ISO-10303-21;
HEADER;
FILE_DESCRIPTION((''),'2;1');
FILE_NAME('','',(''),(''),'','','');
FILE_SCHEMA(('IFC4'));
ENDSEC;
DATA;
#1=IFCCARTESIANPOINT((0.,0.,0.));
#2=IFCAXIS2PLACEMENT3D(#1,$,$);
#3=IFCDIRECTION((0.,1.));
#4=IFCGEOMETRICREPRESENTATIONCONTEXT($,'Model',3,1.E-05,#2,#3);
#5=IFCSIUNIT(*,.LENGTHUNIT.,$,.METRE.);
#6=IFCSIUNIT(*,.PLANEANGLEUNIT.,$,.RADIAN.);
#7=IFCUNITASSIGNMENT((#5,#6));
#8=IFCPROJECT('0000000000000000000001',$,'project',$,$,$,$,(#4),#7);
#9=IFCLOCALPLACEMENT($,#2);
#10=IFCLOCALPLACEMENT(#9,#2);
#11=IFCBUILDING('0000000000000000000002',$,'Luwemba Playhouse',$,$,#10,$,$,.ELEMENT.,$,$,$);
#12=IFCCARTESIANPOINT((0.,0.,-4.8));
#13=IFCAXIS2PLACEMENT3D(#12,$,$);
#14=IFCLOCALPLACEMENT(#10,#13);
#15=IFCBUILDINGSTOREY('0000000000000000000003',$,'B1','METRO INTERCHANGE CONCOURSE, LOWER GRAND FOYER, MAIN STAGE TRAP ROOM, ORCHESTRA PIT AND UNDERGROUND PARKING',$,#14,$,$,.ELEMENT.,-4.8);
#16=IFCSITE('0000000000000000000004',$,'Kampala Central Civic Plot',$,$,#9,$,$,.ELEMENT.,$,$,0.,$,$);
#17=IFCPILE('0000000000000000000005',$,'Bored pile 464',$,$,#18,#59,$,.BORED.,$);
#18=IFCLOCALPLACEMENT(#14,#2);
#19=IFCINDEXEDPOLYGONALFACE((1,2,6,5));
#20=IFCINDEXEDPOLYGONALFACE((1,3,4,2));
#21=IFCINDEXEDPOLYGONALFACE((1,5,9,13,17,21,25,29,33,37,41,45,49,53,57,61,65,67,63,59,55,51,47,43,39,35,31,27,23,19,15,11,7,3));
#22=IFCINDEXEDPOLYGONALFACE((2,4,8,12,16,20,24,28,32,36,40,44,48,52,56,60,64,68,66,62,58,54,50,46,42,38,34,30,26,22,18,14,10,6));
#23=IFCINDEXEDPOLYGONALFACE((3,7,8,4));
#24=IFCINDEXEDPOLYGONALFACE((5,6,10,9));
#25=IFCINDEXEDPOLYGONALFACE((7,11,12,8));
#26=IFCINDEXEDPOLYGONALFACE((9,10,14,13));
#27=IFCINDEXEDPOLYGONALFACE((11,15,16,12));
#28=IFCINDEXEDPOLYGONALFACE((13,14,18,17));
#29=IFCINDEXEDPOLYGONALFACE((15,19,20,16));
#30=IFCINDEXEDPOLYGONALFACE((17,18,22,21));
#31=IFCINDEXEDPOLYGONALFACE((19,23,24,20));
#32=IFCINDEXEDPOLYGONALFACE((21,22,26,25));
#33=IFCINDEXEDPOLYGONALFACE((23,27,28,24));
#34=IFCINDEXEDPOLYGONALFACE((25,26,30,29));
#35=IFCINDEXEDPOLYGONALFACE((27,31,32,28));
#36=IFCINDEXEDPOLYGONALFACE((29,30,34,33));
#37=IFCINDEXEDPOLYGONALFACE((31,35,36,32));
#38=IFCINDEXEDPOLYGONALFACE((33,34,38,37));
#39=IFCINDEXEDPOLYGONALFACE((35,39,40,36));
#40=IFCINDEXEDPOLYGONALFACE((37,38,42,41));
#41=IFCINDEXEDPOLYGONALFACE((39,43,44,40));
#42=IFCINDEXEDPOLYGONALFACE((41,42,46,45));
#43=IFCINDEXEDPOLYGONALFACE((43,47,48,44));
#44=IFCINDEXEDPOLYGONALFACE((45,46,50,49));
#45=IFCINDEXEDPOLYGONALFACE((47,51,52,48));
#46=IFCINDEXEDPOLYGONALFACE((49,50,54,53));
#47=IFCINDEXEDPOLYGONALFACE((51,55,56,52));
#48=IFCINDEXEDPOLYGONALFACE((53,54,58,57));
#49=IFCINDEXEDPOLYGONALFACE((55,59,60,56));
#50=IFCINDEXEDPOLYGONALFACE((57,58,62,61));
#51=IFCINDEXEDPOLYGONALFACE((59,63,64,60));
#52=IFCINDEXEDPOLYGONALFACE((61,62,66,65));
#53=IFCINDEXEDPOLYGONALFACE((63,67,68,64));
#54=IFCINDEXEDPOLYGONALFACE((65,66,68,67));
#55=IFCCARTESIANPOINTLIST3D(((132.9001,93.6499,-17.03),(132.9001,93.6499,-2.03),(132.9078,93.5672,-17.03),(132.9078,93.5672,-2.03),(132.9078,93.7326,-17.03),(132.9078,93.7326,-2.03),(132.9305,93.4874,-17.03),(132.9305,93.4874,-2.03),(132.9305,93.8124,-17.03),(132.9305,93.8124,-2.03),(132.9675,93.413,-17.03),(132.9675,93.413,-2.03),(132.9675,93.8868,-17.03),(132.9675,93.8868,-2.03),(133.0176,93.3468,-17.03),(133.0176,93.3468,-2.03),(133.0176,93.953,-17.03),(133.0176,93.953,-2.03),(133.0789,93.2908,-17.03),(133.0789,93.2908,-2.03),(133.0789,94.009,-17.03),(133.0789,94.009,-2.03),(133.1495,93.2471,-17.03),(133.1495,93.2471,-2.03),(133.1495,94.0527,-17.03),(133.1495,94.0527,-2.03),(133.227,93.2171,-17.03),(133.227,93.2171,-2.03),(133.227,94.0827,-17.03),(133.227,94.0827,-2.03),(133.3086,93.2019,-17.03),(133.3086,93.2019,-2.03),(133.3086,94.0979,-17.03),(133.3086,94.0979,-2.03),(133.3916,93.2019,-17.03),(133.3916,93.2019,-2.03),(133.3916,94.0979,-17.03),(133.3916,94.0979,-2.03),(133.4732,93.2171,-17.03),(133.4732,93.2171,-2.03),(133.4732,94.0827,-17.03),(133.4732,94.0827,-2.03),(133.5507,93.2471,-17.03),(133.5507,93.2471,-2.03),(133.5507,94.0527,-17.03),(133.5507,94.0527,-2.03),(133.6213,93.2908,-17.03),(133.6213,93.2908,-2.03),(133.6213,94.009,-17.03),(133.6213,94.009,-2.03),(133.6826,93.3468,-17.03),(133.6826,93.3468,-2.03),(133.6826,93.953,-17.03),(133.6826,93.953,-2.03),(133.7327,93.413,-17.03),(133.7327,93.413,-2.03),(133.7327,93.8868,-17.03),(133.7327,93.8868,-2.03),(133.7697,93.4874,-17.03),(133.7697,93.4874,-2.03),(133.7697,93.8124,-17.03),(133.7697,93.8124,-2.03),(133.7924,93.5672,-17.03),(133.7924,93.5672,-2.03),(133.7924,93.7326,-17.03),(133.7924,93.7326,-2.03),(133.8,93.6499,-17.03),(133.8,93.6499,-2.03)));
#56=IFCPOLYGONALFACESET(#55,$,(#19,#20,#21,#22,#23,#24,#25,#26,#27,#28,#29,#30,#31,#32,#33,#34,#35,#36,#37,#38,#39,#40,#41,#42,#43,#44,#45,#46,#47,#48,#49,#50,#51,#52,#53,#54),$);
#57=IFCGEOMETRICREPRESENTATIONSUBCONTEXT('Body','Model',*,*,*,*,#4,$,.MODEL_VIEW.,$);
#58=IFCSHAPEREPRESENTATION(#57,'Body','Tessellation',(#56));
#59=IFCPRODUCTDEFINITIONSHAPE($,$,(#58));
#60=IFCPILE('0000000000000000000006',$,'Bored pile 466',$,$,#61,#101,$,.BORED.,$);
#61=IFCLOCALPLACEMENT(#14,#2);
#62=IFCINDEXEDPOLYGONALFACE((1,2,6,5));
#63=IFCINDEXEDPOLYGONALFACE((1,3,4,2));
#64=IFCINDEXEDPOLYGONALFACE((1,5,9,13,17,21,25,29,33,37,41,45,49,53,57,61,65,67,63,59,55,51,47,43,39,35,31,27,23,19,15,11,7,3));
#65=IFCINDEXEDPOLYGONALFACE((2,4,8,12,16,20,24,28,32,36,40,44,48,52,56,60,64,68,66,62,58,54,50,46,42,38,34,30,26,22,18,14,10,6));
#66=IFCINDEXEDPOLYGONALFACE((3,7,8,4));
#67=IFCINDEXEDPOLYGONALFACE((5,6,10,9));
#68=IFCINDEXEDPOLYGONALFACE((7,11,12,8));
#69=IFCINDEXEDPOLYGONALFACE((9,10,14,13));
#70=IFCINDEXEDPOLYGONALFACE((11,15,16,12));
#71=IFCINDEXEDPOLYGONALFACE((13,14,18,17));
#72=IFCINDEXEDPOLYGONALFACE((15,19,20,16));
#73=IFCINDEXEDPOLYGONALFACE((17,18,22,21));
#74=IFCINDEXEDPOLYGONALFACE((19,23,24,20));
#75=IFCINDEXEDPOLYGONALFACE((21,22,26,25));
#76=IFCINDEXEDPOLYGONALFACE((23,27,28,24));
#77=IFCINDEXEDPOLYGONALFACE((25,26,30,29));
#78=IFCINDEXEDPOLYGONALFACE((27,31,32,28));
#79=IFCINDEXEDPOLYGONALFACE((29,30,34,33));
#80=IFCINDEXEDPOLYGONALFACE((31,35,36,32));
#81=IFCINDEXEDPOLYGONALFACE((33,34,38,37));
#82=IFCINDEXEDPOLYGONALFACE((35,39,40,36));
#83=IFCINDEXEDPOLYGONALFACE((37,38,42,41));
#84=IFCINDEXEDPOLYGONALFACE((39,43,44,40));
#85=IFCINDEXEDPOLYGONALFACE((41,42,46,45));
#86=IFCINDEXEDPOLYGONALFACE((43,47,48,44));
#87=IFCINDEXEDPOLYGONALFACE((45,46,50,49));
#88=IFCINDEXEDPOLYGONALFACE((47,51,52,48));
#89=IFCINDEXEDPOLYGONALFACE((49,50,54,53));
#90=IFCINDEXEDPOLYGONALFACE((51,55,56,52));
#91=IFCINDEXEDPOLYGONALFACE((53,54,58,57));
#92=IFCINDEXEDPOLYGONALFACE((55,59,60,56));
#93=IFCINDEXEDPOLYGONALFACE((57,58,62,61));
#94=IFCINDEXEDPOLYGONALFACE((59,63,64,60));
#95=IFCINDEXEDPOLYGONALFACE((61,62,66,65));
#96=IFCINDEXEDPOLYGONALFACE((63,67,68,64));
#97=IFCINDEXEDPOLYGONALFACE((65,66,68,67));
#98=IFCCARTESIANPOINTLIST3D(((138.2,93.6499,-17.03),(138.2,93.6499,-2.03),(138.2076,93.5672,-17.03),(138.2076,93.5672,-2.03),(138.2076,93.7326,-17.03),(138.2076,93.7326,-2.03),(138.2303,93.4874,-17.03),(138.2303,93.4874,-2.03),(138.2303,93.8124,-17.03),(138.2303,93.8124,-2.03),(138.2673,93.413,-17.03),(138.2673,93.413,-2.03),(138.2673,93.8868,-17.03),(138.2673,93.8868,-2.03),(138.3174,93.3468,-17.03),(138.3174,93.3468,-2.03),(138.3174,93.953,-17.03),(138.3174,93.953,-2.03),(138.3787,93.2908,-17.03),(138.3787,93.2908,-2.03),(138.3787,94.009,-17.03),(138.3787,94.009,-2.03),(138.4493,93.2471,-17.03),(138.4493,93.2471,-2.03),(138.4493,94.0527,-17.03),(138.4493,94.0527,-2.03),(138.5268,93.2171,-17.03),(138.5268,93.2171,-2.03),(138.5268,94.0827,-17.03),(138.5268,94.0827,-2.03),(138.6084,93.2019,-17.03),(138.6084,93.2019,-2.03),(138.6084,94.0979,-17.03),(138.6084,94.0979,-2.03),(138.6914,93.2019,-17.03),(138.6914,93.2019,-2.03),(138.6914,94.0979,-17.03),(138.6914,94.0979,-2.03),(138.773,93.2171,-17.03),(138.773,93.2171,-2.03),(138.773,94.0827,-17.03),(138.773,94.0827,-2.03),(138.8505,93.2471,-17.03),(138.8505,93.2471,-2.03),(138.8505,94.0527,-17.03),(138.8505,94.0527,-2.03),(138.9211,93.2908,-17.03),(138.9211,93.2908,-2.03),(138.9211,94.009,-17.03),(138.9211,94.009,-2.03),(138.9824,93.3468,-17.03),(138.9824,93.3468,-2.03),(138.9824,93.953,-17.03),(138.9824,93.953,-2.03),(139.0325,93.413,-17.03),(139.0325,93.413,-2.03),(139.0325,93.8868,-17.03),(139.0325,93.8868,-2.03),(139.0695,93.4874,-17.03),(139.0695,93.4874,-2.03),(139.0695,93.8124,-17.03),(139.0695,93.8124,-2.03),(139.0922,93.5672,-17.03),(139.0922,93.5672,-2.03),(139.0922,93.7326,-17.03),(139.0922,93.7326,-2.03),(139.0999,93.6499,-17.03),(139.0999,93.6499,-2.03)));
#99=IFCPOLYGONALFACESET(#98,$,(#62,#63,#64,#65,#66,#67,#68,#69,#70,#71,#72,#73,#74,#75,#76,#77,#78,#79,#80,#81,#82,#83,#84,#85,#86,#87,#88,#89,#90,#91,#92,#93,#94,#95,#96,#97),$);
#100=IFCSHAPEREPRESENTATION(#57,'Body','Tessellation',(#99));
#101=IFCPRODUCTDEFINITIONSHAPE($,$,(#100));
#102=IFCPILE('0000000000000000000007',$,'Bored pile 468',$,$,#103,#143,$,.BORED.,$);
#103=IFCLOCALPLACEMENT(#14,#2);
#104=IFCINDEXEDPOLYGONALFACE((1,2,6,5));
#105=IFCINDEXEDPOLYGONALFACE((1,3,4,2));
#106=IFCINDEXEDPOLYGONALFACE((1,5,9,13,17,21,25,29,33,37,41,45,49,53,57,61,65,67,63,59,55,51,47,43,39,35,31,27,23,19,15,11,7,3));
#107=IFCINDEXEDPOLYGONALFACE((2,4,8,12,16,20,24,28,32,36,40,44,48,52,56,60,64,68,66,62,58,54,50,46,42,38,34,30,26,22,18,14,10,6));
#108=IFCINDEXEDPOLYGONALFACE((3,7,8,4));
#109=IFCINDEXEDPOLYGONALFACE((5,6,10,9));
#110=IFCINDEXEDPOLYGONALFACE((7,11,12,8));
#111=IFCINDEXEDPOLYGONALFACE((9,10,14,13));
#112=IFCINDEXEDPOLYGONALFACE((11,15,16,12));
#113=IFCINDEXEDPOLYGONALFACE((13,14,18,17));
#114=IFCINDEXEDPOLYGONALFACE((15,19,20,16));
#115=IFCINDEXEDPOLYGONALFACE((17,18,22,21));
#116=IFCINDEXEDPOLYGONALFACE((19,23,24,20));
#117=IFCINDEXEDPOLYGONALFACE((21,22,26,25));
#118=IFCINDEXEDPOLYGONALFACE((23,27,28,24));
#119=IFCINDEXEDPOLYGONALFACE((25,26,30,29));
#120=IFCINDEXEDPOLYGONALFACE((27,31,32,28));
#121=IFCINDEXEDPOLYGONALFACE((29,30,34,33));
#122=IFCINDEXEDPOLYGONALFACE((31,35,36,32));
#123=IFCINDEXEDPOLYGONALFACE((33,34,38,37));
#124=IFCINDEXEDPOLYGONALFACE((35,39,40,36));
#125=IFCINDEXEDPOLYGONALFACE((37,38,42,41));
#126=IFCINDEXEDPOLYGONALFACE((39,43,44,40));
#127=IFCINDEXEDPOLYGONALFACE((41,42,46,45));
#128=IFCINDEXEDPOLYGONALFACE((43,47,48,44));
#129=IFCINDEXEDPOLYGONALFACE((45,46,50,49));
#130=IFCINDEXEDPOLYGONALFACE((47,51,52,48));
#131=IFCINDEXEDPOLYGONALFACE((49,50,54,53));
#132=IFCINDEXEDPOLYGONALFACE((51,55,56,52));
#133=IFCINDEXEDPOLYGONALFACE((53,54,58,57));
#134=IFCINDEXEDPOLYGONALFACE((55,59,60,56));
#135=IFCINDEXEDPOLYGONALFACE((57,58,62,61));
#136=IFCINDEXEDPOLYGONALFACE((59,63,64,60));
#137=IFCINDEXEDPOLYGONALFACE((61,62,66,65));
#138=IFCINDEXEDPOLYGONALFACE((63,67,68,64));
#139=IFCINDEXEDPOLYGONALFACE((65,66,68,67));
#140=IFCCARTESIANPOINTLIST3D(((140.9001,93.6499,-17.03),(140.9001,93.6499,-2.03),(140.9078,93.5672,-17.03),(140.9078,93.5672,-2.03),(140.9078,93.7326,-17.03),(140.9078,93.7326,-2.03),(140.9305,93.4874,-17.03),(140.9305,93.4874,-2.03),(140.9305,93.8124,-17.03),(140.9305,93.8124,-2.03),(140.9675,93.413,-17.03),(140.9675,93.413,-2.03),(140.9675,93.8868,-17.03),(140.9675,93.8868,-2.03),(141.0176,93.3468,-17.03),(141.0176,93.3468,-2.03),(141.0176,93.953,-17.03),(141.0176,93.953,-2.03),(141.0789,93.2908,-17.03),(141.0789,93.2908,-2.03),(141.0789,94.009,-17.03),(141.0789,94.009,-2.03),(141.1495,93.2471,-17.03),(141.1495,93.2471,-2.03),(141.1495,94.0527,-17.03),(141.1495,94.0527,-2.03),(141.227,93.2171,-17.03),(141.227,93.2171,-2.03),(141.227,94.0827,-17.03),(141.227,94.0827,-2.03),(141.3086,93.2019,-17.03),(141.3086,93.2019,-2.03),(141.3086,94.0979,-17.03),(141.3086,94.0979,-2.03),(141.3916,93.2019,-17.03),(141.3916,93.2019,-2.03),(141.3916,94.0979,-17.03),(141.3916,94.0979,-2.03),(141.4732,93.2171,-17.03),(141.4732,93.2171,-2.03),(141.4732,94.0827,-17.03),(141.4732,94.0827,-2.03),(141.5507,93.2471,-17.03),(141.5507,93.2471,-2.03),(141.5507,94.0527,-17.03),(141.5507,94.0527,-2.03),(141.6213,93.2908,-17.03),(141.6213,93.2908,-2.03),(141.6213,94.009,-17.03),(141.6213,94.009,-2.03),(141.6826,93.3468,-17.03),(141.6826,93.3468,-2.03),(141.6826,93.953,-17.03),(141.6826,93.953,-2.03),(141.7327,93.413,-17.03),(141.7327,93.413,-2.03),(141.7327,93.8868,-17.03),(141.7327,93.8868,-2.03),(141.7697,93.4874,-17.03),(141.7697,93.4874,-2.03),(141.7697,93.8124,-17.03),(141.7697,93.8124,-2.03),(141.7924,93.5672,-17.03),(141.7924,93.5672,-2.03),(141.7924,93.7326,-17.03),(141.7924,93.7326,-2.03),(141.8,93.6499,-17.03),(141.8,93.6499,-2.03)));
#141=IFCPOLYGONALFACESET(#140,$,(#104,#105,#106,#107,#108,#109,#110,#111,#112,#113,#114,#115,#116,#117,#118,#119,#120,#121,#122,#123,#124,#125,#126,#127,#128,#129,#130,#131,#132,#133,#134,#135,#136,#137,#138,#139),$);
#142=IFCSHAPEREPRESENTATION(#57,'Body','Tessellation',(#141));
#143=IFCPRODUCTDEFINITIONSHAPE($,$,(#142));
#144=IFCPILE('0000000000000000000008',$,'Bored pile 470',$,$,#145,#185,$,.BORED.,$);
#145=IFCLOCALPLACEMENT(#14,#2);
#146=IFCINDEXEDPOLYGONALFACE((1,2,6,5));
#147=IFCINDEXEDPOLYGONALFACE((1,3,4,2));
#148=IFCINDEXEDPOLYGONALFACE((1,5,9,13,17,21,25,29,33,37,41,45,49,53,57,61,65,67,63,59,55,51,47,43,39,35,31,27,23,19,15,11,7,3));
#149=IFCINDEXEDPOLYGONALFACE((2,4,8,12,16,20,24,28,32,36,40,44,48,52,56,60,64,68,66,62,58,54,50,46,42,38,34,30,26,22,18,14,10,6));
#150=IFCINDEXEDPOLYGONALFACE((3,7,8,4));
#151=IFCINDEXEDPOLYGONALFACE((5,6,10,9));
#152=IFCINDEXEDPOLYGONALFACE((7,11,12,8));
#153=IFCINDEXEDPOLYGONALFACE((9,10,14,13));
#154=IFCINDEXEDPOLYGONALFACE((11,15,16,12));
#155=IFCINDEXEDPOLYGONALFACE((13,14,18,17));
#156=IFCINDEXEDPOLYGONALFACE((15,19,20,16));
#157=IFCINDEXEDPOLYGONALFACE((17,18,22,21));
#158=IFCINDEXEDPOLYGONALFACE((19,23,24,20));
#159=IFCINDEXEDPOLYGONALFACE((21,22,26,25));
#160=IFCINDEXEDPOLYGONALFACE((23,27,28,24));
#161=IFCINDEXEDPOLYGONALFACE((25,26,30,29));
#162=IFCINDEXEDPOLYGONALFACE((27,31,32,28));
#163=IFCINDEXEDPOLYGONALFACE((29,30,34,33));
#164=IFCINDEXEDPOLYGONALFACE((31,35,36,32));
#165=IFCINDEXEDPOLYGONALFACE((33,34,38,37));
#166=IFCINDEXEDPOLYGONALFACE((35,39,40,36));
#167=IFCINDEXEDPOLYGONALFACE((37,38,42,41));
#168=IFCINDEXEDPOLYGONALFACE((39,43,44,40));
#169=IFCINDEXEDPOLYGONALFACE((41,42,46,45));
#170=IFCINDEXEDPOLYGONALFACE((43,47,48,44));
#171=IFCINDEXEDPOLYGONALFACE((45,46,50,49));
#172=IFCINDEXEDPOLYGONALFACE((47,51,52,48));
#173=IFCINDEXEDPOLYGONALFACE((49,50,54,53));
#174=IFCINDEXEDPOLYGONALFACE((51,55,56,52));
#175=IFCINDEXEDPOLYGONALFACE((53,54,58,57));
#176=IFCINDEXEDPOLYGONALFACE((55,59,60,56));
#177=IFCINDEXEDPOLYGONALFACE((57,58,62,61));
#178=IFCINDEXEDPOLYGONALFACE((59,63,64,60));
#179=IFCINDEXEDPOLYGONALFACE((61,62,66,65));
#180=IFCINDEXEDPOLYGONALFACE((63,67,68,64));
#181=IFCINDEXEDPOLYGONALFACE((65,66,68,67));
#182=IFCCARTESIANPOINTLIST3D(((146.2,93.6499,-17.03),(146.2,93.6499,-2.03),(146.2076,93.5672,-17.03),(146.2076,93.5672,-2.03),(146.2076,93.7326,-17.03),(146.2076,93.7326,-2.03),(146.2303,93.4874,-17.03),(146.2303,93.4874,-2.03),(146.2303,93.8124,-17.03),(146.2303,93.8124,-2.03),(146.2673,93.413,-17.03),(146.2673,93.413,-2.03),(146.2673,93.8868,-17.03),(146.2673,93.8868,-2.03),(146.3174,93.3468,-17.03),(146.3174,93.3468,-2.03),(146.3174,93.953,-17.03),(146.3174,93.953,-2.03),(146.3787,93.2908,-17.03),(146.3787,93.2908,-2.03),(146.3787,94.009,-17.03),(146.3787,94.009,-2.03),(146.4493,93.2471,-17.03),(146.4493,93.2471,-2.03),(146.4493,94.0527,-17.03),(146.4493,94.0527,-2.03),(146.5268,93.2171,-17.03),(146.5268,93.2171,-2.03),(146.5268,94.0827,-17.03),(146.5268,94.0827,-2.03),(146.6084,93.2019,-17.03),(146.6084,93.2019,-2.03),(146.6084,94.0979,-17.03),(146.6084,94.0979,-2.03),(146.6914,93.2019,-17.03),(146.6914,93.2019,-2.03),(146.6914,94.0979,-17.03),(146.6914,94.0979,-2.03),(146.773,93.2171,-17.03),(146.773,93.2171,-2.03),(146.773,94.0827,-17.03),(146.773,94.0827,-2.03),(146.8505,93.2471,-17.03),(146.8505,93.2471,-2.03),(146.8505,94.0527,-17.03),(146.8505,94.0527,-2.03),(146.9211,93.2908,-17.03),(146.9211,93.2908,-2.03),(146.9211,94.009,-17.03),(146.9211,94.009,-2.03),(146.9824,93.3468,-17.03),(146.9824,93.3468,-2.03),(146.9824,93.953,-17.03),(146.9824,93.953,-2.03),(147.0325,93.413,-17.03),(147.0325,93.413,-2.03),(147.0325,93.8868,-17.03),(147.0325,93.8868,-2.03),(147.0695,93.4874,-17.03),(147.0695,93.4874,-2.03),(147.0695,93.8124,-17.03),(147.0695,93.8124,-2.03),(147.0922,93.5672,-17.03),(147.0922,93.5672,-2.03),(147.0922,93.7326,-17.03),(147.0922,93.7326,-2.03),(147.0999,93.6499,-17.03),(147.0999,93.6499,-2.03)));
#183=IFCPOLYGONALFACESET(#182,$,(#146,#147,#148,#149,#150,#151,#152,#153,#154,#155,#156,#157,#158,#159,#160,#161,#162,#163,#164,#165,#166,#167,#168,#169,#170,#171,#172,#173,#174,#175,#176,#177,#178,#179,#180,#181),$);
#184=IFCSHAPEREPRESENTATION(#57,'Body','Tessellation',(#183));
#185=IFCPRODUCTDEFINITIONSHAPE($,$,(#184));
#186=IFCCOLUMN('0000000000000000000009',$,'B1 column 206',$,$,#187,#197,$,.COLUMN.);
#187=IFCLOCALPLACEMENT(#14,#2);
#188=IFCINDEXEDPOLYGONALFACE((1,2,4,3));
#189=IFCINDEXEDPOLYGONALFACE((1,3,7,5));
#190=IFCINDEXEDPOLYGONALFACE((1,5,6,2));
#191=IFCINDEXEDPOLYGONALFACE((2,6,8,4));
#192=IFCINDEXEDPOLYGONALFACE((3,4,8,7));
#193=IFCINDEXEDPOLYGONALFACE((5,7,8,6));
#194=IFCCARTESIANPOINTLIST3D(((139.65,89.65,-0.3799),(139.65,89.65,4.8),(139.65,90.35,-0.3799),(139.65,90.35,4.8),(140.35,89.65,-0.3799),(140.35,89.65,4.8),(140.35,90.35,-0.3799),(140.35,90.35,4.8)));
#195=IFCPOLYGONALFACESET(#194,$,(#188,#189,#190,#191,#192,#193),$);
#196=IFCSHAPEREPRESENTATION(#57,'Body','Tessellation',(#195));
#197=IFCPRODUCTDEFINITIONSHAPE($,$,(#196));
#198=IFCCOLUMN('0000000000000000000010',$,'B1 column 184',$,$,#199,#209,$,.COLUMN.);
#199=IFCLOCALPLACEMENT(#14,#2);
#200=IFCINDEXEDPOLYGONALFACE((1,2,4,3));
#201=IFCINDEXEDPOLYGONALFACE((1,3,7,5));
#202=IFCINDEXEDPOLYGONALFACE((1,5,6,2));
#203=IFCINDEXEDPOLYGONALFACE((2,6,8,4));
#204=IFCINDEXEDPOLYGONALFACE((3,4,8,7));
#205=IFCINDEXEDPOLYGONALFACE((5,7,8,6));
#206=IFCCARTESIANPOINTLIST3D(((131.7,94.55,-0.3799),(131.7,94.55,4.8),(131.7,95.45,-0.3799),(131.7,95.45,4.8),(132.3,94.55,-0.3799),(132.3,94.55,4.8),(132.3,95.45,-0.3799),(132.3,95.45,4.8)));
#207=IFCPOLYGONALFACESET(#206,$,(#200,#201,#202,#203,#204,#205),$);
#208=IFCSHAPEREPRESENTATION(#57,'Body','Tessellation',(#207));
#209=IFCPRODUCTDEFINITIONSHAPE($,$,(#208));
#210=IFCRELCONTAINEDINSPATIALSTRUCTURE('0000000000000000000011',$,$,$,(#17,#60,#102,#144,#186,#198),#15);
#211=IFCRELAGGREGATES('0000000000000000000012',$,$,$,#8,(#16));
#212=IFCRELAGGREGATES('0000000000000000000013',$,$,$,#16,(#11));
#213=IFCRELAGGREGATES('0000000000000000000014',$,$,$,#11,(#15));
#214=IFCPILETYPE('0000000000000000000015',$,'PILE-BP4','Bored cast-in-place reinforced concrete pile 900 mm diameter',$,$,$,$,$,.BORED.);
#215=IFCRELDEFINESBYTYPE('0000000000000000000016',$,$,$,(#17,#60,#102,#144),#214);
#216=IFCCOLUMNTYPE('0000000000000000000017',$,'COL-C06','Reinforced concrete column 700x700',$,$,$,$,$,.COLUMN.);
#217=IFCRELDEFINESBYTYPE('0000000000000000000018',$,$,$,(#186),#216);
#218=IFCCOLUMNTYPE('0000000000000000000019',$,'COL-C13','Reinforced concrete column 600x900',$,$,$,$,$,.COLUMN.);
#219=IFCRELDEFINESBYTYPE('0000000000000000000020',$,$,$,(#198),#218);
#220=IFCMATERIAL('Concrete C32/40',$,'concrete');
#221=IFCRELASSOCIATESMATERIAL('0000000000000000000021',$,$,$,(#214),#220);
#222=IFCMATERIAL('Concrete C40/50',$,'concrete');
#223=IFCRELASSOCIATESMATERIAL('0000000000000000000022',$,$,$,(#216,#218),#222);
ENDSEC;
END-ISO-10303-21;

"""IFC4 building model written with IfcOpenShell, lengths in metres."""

from ifc_helpers import new_model, si_unit, direction, frame, origin, origin_2d, place, context, subcontext, project, spatial, rectangle, circle, extrude, material, material_profile, profile_set, type_object, element, save


model = new_model("IFC4")

# Units and contexts
model_context = context("Model", 3, precision=1e-05, world=origin(), true_north=direction((0.0, 1.0)))
body_context = subcontext(model_context, "Body", "Model", "MODEL_VIEW")
ifc_project = project(units=[si_unit("LENGTHUNIT", "METRE"), si_unit("PLANEANGLEUNIT", "RADIAN")], contexts=[model_context])

# Site, building, storey
site_placement = place(None, origin())
site = spatial("IfcSite", under=ifc_project, at=site_placement, Name="Kampala Central Civic Plot", CompositionType="ELEMENT", RefElevation=0.0)
building_placement = place(site_placement, origin())
building = spatial("IfcBuilding", under=site, at=building_placement, Name="Luwemba Playhouse", CompositionType="ELEMENT")
storey_placement = place(building_placement, frame((0.0, 0.0, -4.8)))
storey = spatial("IfcBuildingStorey", under=building, at=storey_placement, Name="B1", Description="METRO INTERCHANGE CONCOURSE, LOWER GRAND FOYER, MAIN STAGE TRAP ROOM, ORCHESTRA PIT AND UNDERGROUND PARKING", CompositionType="ELEMENT", Elevation=-4.8)

# Shared definitions
ifc_material_1 = material(Name="Concrete C32/40", Category="concrete")

# Piles
ifc_material_profile_1 = material_profile(ifc_material_1, circle(Radius=0.45, at=origin_2d()))
ifc_profile_set_1 = profile_set([ifc_material_profile_1], Name="Concrete C32/40")
pile_type_1 = type_object("IfcPileType", Name="PILE-BP4", Description="Bored cast-in-place reinforced concrete pile 900 mm diameter", PredefinedType="BORED", material=ifc_profile_set_1)
for number, where, z_axis, x_axis, name in (
    (1, (133.3501, 93.6499, -2.03), (0.0, 0.0, -1.0), (1.0, 0.0, 0.0), "Bored pile 464"),
    (2, (138.6499, 93.6499, -2.03), (0.0, 0.0, -1.0), (1.0, 0.0, 0.0), "Bored pile 466"),
    (3, (141.3501, 93.6499, -2.03), (0.0, 0.0, -1.0), (1.0, 0.0, 0.0), "Bored pile 468"),
    (4, (146.6499, 93.6499, -2.03), (0.0, 0.0, -1.0), (1.0, 0.0, 0.0), "Bored pile 470"),
):
    element("IfcPile", number, at=place(storey_placement, frame(where, z_axis=z_axis, x_axis=x_axis)), inside=storey, type_object=pile_type_1, Name=name, PredefinedType="BORED", context=body_context, shape_type="SweptSolid", body=[
        extrude(circle(Radius=0.45, at=origin_2d()), origin(), (0.0, 0.0, 1.0), 15.0),
    ])

# Columns
ifc_material_2 = material(Name="Concrete C40/50", Category="concrete")
ifc_material_profile_2 = material_profile(ifc_material_2, rectangle(XDim=0.7, YDim=0.7, at=origin_2d()))
ifc_profile_set_2 = profile_set([ifc_material_profile_2], Name="Concrete C40/50")
column_type_1 = type_object("IfcColumnType", Name="COL-C06", Description="Reinforced concrete column 700x700", PredefinedType="COLUMN", material=ifc_profile_set_2)
column_1_placement = place(storey_placement, frame((140.0, 90.0, -0.3799), z_axis=(0.0, 0.0, 1.0), x_axis=(1.0, 0.0, 0.0)))
element("IfcColumn", 5, at=column_1_placement, inside=storey, type_object=column_type_1, Name="B1 column 206", PredefinedType="COLUMN", context=body_context, shape_type="SweptSolid", body=[
    extrude(rectangle(XDim=0.7, YDim=0.7, at=origin_2d()), origin(), (0.0, 0.0, 1.0), 5.1799),
])
ifc_material_profile_3 = material_profile(ifc_material_2, rectangle(XDim=0.6001, YDim=0.8999, at=origin_2d()))
ifc_profile_set_3 = profile_set([ifc_material_profile_3], Name="Concrete C40/50")
column_type_2 = type_object("IfcColumnType", Name="COL-C13", Description="Reinforced concrete column 600x900", PredefinedType="COLUMN", material=ifc_profile_set_3)
column_2_placement = place(storey_placement, frame((132.0, 95.0, -0.3799), z_axis=(0.0, 0.0, 1.0), x_axis=(1.0, 0.0, 0.0)))
element("IfcColumn", 6, at=column_2_placement, inside=storey, type_object=column_type_2, Name="B1 column 184", PredefinedType="COLUMN", context=body_context, shape_type="SweptSolid", body=[
    extrude(rectangle(XDim=0.6001, YDim=0.8999, at=origin_2d()), origin(), (0.0, 0.0, 1.0), 5.1799),
])

save(model, "model.ifc")
